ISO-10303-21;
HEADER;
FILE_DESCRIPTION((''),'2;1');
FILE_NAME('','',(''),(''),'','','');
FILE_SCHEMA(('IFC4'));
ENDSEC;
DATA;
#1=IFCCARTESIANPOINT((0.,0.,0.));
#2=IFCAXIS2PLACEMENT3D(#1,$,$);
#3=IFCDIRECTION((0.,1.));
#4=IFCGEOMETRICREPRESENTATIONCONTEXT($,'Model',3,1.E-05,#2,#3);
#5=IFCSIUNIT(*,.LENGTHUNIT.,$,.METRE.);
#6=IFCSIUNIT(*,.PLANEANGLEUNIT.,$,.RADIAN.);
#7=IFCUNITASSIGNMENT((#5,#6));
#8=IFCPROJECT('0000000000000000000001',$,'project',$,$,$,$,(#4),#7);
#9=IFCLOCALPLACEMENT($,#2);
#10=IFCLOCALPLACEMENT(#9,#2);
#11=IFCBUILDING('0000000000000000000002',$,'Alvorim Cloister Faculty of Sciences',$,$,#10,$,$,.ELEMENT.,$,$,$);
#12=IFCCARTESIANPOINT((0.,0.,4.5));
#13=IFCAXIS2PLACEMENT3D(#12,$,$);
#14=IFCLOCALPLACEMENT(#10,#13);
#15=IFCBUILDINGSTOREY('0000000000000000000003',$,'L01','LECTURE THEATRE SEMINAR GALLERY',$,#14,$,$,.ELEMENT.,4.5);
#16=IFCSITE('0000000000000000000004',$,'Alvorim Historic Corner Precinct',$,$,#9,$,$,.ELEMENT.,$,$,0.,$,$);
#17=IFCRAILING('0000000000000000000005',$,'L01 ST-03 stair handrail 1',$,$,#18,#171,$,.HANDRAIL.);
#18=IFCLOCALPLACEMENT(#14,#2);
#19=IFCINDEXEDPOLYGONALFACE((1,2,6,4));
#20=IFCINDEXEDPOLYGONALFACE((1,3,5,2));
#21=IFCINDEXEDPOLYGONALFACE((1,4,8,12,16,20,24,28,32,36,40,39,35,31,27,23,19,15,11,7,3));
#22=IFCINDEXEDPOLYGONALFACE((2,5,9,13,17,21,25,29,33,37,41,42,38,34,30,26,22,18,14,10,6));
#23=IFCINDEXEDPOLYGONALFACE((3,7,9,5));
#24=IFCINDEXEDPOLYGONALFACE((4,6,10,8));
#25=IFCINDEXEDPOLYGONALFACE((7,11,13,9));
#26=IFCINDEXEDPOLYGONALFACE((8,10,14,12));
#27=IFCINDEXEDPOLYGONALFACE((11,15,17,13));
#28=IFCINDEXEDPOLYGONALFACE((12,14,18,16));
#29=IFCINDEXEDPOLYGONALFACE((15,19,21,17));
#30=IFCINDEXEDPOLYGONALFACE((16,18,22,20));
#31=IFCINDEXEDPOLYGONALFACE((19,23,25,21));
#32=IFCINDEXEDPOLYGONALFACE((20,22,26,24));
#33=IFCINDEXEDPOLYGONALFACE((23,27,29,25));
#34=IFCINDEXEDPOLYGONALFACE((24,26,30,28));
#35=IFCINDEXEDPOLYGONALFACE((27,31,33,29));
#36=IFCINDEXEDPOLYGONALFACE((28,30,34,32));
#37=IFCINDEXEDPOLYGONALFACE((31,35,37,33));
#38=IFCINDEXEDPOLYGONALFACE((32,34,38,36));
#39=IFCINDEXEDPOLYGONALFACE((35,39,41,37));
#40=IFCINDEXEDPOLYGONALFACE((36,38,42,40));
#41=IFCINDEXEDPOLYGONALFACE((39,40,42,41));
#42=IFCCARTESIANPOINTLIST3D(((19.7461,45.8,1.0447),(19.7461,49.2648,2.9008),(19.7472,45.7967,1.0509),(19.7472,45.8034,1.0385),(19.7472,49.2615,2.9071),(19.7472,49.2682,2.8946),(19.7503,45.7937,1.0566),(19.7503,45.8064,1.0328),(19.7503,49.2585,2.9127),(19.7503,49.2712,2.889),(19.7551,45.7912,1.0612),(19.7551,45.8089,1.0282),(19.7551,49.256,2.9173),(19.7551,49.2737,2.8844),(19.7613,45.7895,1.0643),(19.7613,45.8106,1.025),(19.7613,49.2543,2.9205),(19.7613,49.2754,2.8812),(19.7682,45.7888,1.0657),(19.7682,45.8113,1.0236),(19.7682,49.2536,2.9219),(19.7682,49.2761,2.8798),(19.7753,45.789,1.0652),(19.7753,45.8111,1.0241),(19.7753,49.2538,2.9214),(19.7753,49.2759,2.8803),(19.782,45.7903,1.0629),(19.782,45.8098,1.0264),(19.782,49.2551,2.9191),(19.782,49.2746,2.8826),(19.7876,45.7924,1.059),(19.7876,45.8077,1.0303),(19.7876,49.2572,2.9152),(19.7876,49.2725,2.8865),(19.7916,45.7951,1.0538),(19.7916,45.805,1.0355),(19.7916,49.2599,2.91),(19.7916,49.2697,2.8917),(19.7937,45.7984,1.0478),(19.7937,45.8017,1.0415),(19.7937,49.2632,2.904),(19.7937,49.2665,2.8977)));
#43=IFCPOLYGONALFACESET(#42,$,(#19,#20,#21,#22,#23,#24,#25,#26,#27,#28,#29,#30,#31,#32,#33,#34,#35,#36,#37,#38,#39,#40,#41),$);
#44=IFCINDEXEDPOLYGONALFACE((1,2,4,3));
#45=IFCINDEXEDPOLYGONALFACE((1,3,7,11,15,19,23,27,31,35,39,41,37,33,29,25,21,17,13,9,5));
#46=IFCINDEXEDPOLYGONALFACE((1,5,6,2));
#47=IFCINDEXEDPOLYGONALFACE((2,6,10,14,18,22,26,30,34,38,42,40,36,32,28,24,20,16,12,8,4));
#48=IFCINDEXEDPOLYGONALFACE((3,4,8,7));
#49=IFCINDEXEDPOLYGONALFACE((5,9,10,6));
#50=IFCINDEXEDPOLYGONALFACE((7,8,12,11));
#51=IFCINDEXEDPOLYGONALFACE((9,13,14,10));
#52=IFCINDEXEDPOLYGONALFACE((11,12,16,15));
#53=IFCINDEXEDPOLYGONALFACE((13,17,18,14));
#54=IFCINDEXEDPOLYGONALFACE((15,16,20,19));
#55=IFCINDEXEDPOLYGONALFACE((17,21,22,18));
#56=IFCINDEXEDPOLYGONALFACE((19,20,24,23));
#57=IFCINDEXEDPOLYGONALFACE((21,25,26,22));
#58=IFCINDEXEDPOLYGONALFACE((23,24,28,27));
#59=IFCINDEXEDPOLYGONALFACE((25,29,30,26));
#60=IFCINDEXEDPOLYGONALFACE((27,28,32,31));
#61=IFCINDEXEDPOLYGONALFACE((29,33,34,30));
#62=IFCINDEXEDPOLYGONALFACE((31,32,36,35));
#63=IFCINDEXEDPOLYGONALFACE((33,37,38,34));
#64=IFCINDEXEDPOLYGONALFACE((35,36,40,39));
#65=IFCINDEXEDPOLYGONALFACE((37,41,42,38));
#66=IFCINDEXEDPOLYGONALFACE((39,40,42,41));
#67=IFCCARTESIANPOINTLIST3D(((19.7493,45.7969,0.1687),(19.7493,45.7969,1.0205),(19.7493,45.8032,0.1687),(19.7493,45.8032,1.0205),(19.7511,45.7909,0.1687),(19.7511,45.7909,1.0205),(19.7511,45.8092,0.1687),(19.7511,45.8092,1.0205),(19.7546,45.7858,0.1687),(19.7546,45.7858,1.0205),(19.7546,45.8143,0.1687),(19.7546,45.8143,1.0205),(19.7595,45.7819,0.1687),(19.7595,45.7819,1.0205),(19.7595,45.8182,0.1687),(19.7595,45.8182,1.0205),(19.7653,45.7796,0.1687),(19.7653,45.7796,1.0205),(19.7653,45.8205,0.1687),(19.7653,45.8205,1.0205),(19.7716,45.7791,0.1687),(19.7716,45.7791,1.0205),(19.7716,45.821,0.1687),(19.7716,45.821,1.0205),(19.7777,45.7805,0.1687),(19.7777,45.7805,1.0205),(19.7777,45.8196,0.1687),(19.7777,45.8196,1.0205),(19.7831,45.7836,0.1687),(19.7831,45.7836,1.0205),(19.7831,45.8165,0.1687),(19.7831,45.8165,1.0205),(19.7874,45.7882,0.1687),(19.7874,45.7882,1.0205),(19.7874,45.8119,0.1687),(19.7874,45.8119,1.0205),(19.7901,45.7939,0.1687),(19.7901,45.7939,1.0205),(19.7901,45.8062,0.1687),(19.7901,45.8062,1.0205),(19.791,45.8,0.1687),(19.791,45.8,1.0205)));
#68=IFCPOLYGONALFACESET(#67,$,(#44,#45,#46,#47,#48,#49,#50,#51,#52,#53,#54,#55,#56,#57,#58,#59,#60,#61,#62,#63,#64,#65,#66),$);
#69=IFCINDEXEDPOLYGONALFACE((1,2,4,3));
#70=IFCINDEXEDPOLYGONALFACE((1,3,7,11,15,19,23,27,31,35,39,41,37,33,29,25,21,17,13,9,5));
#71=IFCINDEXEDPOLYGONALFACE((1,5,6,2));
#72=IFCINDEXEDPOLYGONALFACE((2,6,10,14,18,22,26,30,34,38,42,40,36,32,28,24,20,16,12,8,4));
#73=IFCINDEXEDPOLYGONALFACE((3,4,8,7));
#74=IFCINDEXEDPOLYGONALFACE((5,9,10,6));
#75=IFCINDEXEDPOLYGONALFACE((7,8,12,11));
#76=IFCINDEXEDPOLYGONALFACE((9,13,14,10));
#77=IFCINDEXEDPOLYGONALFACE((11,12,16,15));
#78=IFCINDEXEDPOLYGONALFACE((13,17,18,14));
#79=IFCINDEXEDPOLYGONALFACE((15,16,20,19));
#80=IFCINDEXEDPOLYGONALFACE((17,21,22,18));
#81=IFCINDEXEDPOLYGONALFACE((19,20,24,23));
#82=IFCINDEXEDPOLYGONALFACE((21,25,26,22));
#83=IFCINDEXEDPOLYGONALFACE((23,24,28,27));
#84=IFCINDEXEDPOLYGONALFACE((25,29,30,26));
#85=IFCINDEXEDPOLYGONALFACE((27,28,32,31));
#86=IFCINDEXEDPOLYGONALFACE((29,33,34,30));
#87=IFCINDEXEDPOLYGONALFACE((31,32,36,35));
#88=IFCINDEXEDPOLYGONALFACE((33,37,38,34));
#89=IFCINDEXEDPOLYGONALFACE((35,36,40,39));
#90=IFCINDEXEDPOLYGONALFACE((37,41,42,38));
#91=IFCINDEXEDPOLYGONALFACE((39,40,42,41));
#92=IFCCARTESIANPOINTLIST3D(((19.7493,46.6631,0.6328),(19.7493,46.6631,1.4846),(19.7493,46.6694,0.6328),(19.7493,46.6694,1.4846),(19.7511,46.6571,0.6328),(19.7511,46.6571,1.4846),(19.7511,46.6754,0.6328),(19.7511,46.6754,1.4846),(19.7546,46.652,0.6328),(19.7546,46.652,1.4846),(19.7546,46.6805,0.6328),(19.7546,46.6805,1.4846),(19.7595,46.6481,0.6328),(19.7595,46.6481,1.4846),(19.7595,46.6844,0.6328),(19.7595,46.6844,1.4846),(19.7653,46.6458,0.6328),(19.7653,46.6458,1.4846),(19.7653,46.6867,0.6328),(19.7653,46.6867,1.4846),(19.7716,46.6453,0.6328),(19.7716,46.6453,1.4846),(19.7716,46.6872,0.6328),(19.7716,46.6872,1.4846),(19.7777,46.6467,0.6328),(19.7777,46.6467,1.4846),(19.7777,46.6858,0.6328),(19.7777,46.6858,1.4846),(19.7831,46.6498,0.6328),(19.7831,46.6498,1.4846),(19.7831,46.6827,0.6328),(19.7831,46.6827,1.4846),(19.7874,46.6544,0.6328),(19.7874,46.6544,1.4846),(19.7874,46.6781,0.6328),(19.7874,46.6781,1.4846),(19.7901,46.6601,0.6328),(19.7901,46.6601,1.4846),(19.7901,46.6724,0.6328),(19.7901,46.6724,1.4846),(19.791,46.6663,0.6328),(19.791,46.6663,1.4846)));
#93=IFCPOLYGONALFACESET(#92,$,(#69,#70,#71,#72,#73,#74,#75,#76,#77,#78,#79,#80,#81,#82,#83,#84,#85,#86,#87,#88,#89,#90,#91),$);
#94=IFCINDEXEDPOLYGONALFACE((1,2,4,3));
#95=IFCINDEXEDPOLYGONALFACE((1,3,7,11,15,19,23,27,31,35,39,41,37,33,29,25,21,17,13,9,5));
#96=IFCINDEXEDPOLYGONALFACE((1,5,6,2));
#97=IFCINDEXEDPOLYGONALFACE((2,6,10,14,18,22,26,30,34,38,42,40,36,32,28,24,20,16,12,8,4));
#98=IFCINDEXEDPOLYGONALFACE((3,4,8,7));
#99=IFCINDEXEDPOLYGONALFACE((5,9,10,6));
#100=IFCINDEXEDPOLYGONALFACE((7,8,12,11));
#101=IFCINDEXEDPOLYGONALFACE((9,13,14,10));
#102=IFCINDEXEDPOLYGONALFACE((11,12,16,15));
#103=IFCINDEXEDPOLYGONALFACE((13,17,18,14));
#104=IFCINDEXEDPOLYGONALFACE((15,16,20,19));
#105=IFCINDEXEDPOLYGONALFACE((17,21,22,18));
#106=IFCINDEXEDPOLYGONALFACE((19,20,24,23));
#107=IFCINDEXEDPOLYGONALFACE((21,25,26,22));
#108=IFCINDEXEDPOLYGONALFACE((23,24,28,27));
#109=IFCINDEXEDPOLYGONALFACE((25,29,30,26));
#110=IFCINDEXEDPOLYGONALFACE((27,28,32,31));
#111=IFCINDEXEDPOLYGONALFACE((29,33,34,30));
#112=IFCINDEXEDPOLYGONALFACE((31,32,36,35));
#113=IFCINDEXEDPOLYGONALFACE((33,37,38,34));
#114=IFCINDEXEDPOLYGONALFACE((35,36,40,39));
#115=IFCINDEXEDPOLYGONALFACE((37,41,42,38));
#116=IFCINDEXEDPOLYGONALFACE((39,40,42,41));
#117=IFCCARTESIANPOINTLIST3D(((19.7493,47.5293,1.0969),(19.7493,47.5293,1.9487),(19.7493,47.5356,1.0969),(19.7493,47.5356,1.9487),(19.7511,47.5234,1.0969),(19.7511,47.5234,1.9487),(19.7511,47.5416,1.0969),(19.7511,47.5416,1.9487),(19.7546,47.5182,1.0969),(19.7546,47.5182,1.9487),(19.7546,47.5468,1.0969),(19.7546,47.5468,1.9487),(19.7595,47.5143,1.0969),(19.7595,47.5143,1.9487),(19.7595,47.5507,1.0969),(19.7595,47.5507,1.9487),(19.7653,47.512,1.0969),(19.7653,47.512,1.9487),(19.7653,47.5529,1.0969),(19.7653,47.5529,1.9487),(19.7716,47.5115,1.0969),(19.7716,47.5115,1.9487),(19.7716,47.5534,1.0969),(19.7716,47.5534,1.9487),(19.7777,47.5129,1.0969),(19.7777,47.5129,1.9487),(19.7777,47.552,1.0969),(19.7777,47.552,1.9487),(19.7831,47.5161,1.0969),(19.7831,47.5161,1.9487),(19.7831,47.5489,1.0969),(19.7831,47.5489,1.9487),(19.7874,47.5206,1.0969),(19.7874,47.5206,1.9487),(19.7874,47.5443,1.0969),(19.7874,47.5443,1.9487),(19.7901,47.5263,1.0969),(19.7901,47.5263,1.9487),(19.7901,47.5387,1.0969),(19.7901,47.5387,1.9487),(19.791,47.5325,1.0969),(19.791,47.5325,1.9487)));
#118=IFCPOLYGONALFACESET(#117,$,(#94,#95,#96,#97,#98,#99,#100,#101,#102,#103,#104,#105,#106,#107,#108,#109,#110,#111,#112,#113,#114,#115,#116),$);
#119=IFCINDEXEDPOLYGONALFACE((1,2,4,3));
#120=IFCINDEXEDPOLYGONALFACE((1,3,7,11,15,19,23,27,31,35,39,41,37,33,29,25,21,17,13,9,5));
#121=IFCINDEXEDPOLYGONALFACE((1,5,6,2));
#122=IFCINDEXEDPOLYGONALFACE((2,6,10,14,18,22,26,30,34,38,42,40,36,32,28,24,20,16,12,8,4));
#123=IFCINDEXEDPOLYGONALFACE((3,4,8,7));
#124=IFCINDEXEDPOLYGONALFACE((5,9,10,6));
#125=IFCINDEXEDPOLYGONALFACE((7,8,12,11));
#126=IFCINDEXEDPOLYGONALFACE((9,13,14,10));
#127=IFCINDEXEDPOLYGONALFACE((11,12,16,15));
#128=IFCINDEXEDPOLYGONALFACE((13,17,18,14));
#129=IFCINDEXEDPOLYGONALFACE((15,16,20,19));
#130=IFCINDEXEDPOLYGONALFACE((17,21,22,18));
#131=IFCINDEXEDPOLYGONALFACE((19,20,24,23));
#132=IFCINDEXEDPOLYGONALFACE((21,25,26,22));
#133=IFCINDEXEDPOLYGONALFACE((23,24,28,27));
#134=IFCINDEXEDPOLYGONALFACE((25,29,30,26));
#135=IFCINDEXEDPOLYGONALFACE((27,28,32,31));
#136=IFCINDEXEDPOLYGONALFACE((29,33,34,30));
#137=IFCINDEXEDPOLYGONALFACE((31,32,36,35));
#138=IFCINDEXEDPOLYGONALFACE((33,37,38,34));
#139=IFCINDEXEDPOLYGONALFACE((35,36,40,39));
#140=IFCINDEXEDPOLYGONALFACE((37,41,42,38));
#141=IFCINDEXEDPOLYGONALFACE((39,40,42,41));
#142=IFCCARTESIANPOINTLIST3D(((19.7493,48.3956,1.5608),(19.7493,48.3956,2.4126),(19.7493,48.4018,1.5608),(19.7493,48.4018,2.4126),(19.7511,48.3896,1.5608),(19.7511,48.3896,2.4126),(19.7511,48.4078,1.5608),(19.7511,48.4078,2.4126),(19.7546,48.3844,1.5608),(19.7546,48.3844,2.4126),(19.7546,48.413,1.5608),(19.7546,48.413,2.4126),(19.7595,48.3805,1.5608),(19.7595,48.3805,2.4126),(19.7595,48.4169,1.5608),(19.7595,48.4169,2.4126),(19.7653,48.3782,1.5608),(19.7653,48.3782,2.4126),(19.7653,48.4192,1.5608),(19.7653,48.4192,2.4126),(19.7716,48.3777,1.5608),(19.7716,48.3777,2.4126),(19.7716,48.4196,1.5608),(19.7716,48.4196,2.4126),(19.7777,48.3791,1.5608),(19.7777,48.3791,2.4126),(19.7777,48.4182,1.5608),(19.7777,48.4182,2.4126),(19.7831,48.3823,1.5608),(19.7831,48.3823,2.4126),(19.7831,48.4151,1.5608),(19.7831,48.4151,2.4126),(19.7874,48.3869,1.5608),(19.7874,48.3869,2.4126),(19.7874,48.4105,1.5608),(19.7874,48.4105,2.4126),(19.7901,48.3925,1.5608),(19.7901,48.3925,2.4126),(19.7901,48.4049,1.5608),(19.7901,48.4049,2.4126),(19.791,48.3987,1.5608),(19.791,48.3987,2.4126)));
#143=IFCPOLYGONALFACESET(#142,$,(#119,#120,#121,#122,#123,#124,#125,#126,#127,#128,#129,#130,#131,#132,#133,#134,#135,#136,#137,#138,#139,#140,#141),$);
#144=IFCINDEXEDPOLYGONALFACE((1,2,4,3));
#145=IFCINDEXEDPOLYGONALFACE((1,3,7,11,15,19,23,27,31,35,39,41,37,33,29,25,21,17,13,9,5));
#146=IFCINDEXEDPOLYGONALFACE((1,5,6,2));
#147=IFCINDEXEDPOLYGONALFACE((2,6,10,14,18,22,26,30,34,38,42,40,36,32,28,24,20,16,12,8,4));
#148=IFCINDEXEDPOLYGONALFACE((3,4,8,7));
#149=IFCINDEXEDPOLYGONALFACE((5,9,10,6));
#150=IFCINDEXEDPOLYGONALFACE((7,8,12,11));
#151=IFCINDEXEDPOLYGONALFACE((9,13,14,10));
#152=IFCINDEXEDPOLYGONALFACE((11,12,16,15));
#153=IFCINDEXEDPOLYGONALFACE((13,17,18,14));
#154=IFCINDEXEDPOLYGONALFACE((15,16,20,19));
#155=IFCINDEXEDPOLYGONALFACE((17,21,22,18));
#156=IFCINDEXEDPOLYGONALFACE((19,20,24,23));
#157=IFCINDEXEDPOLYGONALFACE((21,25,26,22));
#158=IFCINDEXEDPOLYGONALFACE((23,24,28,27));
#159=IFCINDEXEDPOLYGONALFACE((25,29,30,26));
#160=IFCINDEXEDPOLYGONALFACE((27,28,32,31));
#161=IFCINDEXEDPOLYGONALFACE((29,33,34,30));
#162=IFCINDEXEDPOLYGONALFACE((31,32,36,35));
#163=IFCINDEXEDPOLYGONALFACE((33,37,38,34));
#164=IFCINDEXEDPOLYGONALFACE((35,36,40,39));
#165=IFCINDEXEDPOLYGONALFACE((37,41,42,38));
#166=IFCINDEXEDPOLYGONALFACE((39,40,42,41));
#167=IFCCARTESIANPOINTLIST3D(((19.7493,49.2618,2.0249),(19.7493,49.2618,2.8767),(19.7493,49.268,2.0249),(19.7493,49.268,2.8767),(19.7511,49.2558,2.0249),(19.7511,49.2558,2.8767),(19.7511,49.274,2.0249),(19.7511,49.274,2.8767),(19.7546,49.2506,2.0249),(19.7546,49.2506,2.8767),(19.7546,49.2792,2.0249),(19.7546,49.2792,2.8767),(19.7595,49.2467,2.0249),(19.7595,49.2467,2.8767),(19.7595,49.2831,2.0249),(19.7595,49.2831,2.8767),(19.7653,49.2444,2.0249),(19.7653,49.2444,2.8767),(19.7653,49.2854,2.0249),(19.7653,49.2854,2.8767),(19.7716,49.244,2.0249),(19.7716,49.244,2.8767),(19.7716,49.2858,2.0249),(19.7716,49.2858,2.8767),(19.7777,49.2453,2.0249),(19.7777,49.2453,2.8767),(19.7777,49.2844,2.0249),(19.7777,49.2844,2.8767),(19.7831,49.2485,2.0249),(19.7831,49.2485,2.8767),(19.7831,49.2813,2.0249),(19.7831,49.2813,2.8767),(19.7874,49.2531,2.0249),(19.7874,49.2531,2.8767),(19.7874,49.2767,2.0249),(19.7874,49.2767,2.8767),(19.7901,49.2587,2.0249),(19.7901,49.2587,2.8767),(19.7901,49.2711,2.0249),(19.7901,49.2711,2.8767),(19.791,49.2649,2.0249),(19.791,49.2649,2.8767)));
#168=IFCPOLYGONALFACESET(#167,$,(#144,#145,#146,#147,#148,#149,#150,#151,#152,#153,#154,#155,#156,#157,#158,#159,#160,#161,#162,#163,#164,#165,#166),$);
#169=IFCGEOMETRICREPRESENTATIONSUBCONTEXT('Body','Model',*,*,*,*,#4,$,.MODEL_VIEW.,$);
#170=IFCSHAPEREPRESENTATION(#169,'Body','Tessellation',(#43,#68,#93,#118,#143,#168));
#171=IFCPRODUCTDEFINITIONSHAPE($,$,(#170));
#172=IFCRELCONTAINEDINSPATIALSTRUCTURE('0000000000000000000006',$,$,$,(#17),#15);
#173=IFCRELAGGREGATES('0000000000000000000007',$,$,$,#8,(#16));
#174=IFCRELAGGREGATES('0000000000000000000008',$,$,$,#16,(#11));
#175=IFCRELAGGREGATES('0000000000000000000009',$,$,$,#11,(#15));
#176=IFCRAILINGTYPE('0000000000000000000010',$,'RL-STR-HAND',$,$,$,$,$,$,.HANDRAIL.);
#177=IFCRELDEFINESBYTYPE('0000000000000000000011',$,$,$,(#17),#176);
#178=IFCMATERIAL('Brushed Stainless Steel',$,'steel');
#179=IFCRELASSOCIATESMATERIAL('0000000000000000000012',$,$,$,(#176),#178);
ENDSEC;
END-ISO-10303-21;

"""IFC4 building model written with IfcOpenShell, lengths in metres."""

from ifc_helpers import new_model, si_unit, direction, frame, origin, origin_2d, place, context, subcontext, project, spatial, circle, extrude, material, type_object, element, save


model = new_model("IFC4")

# Units and contexts
model_context = context("Model", 3, precision=1e-05, world=origin(), true_north=direction((0.0, 1.0)))
body_context = subcontext(model_context, "Body", "Model", "MODEL_VIEW")
ifc_project = project(units=[si_unit("LENGTHUNIT", "METRE"), si_unit("PLANEANGLEUNIT", "RADIAN")], contexts=[model_context])

# Site, building, storey
site_placement = place(None, origin())
site = spatial("IfcSite", under=ifc_project, at=site_placement, Name="Alvorim Historic Corner Precinct", CompositionType="ELEMENT", RefElevation=0.0)
building_placement = place(site_placement, origin())
building = spatial("IfcBuilding", under=site, at=building_placement, Name="Alvorim Cloister Faculty of Sciences", CompositionType="ELEMENT")
storey_placement = place(building_placement, frame((0.0, 0.0, 4.5)))
storey = spatial("IfcBuildingStorey", under=building, at=storey_placement, Name="L01", Description="LECTURE THEATRE SEMINAR GALLERY", CompositionType="ELEMENT", Elevation=4.5)

# Railing
ifc_material_1 = material(Name="Brushed Stainless Steel", Category="steel")
railing_type_1 = type_object("IfcRailingType", Name="RL-STR-HAND", PredefinedType="HANDRAIL", material=ifc_material_1)
railing_1_placement = place(storey_placement, frame((19.77, 45.8, 0.1687)))
element("IfcRailing", 1, at=railing_1_placement, inside=storey, type_object=railing_type_1, Name="L01 ST-03 stair handrail 1", PredefinedType="HANDRAIL", context=body_context, shape_type="SweptSolid", body=[
    extrude(circle(Radius=0.0239, at=origin_2d()), frame((0.0, 0.0, 0.876), z_axis=(0.0, 0.881476, 0.472228), x_axis=(-1.0, 0.0, 0.0)), (0.0, 0.0, 1.0), 3.9307),
    extrude(circle(Radius=0.021, at=origin_2d()), origin(), (0.0, 0.0, 1.0), 0.8518),
    extrude(circle(Radius=0.021, at=origin_2d()), frame((0.0, 0.8662, 0.4641)), (0.0, 0.0, 1.0), 0.8518),
    extrude(circle(Radius=0.021, at=origin_2d()), frame((0.0, 1.7324, 0.9282)), (0.0, 0.0, 1.0), 0.8518),
    extrude(circle(Radius=0.021, at=origin_2d()), frame((0.0, 2.5986, 1.3921)), (0.0, 0.0, 1.0), 0.8518),
    extrude(circle(Radius=0.021, at=origin_2d()), frame((0.0, 3.4648, 1.8562)), (0.0, 0.0, 1.0), 0.8518),
])

save(model, "model.ifc")
